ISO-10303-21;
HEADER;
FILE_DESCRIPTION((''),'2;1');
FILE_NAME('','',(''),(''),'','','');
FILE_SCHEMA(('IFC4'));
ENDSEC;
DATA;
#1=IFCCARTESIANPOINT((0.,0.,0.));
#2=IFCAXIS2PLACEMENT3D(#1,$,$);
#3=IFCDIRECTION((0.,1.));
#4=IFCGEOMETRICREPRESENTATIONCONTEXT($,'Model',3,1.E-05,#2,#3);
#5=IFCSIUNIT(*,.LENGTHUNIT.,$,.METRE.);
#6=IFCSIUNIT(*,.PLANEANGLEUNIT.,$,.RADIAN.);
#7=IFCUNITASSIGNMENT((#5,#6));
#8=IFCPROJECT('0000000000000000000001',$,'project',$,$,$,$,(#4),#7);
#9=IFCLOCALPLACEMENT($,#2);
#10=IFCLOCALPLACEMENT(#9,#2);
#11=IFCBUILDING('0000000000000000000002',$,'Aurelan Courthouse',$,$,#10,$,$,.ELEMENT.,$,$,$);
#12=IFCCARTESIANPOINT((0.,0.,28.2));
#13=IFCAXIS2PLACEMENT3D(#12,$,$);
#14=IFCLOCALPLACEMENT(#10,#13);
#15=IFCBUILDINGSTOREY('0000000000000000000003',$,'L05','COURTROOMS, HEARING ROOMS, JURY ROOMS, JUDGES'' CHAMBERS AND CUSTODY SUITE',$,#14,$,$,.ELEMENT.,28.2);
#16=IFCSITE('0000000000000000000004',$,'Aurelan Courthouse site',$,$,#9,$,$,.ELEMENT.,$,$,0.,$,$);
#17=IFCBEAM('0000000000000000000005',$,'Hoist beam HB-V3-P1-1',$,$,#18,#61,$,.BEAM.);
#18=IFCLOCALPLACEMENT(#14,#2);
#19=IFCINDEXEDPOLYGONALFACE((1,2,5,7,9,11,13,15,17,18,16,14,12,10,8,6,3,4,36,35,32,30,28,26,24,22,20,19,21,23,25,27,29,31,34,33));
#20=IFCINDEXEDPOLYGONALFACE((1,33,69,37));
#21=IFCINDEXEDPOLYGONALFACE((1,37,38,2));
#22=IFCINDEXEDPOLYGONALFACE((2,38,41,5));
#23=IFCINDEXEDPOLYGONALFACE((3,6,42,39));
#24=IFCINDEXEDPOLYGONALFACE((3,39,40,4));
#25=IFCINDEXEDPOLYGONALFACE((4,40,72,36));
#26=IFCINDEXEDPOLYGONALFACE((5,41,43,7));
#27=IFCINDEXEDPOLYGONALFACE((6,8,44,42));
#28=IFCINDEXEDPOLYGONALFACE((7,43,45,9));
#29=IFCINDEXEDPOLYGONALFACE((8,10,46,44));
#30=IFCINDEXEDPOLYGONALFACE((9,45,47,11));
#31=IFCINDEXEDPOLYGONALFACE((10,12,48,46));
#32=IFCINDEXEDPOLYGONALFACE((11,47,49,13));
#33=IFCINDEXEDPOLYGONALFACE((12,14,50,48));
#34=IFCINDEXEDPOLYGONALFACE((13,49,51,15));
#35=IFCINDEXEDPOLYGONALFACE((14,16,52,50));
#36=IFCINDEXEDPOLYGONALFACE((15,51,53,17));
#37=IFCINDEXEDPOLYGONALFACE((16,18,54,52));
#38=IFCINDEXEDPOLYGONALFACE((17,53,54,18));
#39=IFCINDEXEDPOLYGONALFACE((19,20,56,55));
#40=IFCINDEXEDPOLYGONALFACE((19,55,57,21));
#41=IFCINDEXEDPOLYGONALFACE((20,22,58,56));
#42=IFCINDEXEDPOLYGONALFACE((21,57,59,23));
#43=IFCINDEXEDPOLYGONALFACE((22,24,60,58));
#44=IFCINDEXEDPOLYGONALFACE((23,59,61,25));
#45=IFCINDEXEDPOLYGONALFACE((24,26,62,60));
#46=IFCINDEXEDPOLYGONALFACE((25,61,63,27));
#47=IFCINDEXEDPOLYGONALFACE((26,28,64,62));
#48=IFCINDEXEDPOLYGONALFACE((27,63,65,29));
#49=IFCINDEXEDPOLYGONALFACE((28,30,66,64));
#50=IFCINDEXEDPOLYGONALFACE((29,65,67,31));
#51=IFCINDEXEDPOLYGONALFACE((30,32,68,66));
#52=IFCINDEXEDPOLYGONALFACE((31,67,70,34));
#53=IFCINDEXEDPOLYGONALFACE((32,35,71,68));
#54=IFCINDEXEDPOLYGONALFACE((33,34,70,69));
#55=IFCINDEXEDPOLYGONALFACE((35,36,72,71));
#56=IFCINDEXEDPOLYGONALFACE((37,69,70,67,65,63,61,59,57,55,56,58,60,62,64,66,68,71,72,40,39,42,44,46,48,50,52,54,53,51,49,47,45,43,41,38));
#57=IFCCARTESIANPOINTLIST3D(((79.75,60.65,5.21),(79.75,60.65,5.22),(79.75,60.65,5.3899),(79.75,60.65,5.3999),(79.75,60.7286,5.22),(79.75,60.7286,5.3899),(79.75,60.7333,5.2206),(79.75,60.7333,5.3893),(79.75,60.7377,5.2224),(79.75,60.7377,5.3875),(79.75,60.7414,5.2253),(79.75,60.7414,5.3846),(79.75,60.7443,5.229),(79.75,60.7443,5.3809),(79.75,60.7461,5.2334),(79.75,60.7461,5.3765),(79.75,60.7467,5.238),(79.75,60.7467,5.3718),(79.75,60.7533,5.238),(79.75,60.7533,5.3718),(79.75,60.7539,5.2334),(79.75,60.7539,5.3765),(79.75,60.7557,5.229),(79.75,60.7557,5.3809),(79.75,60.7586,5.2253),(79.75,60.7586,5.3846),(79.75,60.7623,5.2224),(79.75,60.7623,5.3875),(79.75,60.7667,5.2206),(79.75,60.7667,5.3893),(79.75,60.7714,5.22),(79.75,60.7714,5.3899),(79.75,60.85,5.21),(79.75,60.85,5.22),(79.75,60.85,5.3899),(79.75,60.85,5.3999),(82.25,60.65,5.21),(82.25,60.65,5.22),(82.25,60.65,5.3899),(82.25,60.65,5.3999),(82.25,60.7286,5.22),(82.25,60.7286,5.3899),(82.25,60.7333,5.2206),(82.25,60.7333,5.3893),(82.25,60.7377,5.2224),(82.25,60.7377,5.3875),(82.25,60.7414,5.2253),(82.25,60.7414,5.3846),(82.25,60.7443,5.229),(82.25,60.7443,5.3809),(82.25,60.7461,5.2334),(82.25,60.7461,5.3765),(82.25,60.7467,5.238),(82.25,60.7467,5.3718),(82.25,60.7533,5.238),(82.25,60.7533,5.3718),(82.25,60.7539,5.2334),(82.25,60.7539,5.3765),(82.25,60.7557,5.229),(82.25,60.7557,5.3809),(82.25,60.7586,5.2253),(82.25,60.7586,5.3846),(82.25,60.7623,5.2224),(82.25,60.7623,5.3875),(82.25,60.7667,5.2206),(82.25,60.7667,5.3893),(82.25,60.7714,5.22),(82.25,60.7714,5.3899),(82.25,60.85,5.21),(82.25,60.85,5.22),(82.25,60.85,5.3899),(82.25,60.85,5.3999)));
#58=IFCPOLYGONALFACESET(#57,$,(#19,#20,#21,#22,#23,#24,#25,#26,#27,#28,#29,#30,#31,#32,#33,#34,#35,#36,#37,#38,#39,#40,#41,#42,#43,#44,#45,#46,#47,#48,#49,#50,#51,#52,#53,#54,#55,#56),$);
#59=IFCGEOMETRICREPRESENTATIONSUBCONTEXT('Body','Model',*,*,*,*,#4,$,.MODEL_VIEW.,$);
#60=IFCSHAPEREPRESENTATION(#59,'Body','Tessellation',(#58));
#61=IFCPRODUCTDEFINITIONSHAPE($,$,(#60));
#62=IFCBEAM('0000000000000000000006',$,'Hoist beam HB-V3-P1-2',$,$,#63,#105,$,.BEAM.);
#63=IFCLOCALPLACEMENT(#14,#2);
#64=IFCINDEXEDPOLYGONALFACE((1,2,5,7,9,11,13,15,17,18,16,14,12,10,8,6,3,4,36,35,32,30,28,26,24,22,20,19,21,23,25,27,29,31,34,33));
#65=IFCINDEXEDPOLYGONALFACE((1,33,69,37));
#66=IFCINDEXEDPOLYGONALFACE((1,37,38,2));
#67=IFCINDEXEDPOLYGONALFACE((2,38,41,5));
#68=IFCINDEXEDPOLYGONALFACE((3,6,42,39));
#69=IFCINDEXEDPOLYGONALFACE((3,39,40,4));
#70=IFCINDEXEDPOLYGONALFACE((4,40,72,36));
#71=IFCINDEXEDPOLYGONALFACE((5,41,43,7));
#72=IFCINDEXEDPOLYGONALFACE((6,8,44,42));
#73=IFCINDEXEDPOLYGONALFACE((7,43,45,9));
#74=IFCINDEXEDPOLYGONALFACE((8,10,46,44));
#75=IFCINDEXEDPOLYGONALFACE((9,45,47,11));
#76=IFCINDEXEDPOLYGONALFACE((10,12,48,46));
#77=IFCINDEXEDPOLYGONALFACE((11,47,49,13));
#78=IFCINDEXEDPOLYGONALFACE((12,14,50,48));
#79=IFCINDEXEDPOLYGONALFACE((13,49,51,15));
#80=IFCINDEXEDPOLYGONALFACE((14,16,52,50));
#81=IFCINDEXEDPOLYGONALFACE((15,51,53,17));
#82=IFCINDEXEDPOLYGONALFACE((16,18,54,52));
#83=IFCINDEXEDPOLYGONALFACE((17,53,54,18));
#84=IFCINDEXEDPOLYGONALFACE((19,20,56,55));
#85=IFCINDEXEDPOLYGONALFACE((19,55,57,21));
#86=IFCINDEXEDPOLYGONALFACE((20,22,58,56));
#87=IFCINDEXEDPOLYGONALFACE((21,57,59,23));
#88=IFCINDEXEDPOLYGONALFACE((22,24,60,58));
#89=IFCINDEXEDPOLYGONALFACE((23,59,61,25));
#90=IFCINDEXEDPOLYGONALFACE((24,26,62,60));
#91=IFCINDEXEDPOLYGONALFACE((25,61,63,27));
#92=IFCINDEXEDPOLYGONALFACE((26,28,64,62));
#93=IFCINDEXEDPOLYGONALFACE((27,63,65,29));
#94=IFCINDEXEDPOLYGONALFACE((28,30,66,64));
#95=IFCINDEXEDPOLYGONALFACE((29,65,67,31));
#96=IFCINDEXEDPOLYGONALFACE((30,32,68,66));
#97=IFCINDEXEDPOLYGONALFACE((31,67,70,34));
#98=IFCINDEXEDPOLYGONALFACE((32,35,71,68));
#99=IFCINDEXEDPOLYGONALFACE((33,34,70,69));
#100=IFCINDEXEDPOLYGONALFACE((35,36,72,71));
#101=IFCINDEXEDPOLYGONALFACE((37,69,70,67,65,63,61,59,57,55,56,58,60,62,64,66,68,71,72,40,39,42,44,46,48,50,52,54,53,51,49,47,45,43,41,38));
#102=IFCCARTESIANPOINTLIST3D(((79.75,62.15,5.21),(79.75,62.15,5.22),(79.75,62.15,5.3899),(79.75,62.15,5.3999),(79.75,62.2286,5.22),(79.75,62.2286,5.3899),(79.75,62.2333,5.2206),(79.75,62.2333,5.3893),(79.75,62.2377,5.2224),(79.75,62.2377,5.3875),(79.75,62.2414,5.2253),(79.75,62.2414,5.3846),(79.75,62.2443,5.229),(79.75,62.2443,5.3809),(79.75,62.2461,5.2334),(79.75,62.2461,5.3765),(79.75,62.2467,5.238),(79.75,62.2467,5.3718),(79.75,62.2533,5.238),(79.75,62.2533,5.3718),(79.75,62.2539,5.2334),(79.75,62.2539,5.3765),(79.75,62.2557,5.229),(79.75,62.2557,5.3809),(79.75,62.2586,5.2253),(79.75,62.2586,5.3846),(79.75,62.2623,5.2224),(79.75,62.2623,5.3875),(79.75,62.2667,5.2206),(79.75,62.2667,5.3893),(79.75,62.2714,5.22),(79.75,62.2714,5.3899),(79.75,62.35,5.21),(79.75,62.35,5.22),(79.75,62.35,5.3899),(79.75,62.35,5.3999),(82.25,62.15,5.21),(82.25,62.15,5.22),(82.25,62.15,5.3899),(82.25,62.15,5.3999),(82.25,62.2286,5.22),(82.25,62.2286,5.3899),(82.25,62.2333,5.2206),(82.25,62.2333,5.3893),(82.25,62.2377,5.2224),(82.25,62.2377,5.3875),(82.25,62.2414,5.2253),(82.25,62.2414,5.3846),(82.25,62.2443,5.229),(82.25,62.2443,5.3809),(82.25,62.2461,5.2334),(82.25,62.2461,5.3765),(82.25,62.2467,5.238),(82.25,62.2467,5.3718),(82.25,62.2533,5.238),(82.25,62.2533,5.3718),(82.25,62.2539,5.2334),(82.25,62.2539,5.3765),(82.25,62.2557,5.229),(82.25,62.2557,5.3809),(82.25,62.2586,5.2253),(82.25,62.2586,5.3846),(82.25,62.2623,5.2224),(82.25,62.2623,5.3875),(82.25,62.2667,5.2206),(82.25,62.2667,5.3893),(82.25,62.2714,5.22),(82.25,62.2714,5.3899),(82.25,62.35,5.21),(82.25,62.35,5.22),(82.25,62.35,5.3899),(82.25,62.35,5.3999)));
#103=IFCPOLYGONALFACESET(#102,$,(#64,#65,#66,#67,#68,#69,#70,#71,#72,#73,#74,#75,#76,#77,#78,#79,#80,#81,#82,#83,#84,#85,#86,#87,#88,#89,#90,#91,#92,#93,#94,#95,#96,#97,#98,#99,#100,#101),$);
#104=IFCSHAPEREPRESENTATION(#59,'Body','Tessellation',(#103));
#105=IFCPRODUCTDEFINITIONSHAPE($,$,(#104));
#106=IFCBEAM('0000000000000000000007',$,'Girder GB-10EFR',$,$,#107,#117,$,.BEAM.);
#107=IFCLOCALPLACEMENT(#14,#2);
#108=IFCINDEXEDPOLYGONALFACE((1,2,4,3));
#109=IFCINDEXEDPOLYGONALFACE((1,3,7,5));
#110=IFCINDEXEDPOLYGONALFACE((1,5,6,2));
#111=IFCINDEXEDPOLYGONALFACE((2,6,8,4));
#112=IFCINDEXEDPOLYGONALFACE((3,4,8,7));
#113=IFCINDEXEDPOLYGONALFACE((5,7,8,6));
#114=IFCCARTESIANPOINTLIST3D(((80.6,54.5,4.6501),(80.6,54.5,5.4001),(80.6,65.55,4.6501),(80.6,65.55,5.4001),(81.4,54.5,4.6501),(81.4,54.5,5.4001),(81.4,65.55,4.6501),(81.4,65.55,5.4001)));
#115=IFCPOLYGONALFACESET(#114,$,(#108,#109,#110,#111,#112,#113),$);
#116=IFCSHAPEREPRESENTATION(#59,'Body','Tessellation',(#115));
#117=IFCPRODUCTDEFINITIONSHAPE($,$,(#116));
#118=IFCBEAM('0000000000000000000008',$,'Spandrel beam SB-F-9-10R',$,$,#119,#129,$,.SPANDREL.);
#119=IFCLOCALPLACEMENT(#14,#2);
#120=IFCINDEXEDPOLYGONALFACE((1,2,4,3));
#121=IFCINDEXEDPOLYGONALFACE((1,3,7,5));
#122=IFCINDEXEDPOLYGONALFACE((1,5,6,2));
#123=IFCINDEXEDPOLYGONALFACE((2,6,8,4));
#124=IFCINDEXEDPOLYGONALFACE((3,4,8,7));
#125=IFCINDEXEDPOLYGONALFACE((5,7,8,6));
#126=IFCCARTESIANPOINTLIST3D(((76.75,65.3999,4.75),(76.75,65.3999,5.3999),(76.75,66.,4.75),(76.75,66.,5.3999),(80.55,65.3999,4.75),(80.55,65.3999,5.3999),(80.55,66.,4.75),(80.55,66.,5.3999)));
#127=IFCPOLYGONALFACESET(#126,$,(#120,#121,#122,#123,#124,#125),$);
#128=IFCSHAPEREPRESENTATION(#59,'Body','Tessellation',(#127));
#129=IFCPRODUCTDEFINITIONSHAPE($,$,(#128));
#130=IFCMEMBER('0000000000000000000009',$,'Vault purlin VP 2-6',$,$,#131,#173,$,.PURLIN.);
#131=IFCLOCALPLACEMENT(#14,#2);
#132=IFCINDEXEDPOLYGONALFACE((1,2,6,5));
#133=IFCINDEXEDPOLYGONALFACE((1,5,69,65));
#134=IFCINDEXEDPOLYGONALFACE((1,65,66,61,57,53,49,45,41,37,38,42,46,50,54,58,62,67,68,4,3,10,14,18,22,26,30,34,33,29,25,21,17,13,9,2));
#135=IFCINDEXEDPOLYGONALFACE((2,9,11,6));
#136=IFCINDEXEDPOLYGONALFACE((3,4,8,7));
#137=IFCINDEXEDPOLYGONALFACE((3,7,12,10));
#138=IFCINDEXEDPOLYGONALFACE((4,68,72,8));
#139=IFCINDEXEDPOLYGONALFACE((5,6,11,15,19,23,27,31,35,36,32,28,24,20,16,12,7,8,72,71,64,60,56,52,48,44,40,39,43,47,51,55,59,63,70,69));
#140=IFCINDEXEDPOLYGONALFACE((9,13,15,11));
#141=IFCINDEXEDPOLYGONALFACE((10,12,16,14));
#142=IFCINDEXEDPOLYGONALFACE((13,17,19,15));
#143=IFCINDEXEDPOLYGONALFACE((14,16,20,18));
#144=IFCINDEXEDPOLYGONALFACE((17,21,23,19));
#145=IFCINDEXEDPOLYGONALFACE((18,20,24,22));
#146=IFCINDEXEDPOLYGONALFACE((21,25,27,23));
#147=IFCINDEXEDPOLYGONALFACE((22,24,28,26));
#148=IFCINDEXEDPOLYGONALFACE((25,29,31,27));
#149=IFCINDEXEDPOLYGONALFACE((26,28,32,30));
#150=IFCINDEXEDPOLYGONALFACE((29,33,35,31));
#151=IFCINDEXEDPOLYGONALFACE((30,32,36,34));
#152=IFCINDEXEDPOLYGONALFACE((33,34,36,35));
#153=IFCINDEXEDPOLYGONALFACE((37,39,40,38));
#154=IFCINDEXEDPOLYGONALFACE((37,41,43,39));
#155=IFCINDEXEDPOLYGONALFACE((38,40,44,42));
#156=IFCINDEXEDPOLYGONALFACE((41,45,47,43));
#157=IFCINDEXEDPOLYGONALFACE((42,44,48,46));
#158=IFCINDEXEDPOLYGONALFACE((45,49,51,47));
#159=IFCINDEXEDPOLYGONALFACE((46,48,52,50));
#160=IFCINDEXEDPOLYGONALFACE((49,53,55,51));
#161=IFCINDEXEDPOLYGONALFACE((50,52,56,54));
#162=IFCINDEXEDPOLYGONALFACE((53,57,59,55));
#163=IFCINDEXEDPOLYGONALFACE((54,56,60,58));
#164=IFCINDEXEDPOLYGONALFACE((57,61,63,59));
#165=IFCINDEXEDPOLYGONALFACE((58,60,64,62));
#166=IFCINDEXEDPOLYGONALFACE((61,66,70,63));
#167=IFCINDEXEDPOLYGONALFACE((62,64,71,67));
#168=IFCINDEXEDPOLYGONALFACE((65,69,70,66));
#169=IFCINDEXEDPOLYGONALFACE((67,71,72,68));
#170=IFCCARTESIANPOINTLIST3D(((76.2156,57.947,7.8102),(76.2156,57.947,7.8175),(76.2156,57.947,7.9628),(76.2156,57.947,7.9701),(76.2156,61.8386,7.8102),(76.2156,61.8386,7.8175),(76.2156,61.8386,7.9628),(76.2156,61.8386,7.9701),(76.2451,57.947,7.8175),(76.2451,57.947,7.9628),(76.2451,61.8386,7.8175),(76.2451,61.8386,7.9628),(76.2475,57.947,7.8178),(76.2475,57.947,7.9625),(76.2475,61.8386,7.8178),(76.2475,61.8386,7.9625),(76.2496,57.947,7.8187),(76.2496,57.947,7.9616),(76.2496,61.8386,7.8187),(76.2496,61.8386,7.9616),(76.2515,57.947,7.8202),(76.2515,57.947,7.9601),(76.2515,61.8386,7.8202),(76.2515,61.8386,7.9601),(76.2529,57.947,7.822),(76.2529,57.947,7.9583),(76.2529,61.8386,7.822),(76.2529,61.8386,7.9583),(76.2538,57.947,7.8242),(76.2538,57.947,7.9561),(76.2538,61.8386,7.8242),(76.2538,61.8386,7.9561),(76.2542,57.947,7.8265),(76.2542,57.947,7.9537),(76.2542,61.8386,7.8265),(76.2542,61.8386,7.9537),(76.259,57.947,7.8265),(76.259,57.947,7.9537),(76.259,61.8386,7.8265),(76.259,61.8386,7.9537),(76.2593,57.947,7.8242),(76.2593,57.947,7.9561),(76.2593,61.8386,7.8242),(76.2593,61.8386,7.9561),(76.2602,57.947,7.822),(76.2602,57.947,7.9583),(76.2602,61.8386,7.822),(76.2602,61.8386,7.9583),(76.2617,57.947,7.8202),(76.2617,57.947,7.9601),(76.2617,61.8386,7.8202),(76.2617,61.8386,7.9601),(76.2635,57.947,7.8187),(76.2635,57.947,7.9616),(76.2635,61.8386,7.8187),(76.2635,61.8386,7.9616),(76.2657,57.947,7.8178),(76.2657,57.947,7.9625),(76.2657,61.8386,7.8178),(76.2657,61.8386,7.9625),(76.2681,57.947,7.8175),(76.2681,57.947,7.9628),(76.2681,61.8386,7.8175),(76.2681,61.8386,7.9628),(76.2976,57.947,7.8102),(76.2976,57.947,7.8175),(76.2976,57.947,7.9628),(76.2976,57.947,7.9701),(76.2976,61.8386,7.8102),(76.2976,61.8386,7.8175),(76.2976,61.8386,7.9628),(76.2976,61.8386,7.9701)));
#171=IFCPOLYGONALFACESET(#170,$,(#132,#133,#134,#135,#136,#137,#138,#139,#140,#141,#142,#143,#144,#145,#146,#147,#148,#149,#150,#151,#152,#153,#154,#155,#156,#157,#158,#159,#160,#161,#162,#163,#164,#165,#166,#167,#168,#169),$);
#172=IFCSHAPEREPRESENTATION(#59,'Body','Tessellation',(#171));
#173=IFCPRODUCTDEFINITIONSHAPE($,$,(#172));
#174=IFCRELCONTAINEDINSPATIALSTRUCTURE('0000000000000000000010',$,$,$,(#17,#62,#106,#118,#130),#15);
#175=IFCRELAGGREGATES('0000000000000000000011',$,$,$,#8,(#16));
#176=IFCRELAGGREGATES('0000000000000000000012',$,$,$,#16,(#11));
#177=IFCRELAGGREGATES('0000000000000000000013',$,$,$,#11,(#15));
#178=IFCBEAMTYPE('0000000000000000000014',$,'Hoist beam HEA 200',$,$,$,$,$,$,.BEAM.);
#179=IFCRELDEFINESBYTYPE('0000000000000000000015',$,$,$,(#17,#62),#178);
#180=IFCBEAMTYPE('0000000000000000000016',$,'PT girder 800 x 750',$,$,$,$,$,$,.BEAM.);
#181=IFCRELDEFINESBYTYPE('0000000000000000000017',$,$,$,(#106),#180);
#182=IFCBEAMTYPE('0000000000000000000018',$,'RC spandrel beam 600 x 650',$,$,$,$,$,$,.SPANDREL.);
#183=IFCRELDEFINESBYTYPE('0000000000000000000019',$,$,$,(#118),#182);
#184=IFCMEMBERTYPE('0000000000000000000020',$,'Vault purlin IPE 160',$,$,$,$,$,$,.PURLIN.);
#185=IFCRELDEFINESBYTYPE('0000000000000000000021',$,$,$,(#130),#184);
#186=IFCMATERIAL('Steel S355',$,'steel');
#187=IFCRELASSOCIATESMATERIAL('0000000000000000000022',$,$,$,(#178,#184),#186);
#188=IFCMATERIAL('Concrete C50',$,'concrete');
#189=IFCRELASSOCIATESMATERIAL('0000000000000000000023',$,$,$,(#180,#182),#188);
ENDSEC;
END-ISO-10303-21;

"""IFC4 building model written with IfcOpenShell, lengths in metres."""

from ifc_helpers import new_model, si_unit, direction, frame, origin, origin_2d, place, context, subcontext, project, spatial, rectangle, i_section, extrude, material, material_profile, profile_set, type_object, element, save


model = new_model("IFC4")

# Units and contexts
model_context = context("Model", 3, precision=1e-05, world=origin(), true_north=direction((0.0, 1.0)))
body_context = subcontext(model_context, "Body", "Model", "MODEL_VIEW")
ifc_project = project(units=[si_unit("LENGTHUNIT", "METRE"), si_unit("PLANEANGLEUNIT", "RADIAN")], contexts=[model_context])

# Site, building, storey
site_placement = place(None, origin())
site = spatial("IfcSite", under=ifc_project, at=site_placement, Name="Aurelan Courthouse site", CompositionType="ELEMENT", RefElevation=0.0)
building_placement = place(site_placement, origin())
building = spatial("IfcBuilding", under=site, at=building_placement, Name="Aurelan Courthouse", CompositionType="ELEMENT")
storey_placement = place(building_placement, frame((0.0, 0.0, 28.2)))
storey = spatial("IfcBuildingStorey", under=building, at=storey_placement, Name="L05", Description="COURTROOMS, HEARING ROOMS, JURY ROOMS, JUDGES' CHAMBERS AND CUSTODY SUITE", CompositionType="ELEMENT", Elevation=28.2)

# Beams
ifc_material_1 = material(Name="Steel S355", Category="steel")
ifc_material_profile_1 = material_profile(ifc_material_1, i_section(OverallWidth=0.2, OverallDepth=0.1899, WebThickness=0.0066, FlangeThickness=0.01, FilletRadius=0.0181, at=origin_2d()), Name="HEA 200")
ifc_profile_set_1 = profile_set([ifc_material_profile_1], Name="Steel S355")
beam_type_1 = type_object("IfcBeamType", Name="Hoist beam HEA 200", PredefinedType="BEAM", material=ifc_profile_set_1)
for number, where, z_axis, x_axis, name in (
    (1, (79.75, 60.75, 5.3049), (1.0, 0.0, 0.0), (0.0, 1.0, 0.0), "Hoist beam HB-V3-P1-1"),
    (2, (79.75, 62.25, 5.3049), (1.0, 0.0, 0.0), (0.0, 1.0, 0.0), "Hoist beam HB-V3-P1-2"),
):
    element("IfcBeam", number, at=place(storey_placement, frame(where, z_axis=z_axis, x_axis=x_axis)), inside=storey, type_object=beam_type_1, Name=name, PredefinedType="BEAM", context=body_context, shape_type="SweptSolid", body=[
        extrude(i_section(OverallWidth=0.2, OverallDepth=0.1899, WebThickness=0.0066, FlangeThickness=0.01, FilletRadius=0.0181, at=origin_2d()), origin(), (0.0, 0.0, 1.0), 2.5),
    ])
ifc_material_2 = material(Name="Concrete C50", Category="concrete")
ifc_material_profile_2 = material_profile(ifc_material_2, rectangle(XDim=0.8, YDim=0.75, at=origin_2d()), Name="RC 800 x 750")
ifc_profile_set_2 = profile_set([ifc_material_profile_2], Name="Concrete C50")
beam_type_2 = type_object("IfcBeamType", Name="PT girder 800 x 750", PredefinedType="BEAM", material=ifc_profile_set_2)
beam_1_placement = place(storey_placement, frame((81.0, 54.5, 5.0251), z_axis=(0.0, 1.0, 0.0), x_axis=(-1.0, 0.0, 0.0)))
element("IfcBeam", 3, at=beam_1_placement, inside=storey, type_object=beam_type_2, Name="Girder GB-10EFR", PredefinedType="BEAM", context=body_context, shape_type="SweptSolid", body=[
    extrude(rectangle(XDim=0.8, YDim=0.75, at=origin_2d()), origin(), (0.0, 0.0, 1.0), 11.05),
])
ifc_material_profile_3 = material_profile(ifc_material_2, rectangle(XDim=0.6001, YDim=0.6499, at=origin_2d()), Name="RC 600 x 650")
ifc_profile_set_3 = profile_set([ifc_material_profile_3], Name="Concrete C50")
beam_type_3 = type_object("IfcBeamType", Name="RC spandrel beam 600 x 650", PredefinedType="SPANDREL", material=ifc_profile_set_3)
beam_2_placement = place(storey_placement, frame((76.75, 65.7, 5.075), z_axis=(1.0, 0.0, 0.0), x_axis=(0.0, 1.0, 0.0)))
element("IfcBeam", 4, at=beam_2_placement, inside=storey, type_object=beam_type_3, Name="Spandrel beam SB-F-9-10R", PredefinedType="SPANDREL", context=body_context, shape_type="SweptSolid", body=[
    extrude(rectangle(XDim=0.6001, YDim=0.6499, at=origin_2d()), origin(), (0.0, 0.0, 1.0), 3.8),
])

# Member
ifc_material_profile_4 = material_profile(ifc_material_1, i_section(OverallWidth=0.082, OverallDepth=0.1599, WebThickness=0.0049, FlangeThickness=0.0073, FilletRadius=0.009, at=origin_2d()), Name="IPE 160")
ifc_profile_set_4 = profile_set([ifc_material_profile_4], Name="Steel S355")
member_type_1 = type_object("IfcMemberType", Name="Vault purlin IPE 160", PredefinedType="PURLIN", material=ifc_profile_set_4)
member_1_placement = place(storey_placement, frame((76.2566, 57.947, 7.8901), z_axis=(0.0, 1.0, 0.0), x_axis=(-1.0, 0.0, 0.0)))
element("IfcMember", 5, at=member_1_placement, inside=storey, type_object=member_type_1, Name="Vault purlin VP 2-6", PredefinedType="PURLIN", context=body_context, shape_type="SweptSolid", body=[
    extrude(i_section(OverallWidth=0.082, OverallDepth=0.1599, WebThickness=0.0049, FlangeThickness=0.0073, FilletRadius=0.009, at=origin_2d()), origin(), (0.0, 0.0, 1.0), 3.8916),
])

save(model, "model.ifc")
